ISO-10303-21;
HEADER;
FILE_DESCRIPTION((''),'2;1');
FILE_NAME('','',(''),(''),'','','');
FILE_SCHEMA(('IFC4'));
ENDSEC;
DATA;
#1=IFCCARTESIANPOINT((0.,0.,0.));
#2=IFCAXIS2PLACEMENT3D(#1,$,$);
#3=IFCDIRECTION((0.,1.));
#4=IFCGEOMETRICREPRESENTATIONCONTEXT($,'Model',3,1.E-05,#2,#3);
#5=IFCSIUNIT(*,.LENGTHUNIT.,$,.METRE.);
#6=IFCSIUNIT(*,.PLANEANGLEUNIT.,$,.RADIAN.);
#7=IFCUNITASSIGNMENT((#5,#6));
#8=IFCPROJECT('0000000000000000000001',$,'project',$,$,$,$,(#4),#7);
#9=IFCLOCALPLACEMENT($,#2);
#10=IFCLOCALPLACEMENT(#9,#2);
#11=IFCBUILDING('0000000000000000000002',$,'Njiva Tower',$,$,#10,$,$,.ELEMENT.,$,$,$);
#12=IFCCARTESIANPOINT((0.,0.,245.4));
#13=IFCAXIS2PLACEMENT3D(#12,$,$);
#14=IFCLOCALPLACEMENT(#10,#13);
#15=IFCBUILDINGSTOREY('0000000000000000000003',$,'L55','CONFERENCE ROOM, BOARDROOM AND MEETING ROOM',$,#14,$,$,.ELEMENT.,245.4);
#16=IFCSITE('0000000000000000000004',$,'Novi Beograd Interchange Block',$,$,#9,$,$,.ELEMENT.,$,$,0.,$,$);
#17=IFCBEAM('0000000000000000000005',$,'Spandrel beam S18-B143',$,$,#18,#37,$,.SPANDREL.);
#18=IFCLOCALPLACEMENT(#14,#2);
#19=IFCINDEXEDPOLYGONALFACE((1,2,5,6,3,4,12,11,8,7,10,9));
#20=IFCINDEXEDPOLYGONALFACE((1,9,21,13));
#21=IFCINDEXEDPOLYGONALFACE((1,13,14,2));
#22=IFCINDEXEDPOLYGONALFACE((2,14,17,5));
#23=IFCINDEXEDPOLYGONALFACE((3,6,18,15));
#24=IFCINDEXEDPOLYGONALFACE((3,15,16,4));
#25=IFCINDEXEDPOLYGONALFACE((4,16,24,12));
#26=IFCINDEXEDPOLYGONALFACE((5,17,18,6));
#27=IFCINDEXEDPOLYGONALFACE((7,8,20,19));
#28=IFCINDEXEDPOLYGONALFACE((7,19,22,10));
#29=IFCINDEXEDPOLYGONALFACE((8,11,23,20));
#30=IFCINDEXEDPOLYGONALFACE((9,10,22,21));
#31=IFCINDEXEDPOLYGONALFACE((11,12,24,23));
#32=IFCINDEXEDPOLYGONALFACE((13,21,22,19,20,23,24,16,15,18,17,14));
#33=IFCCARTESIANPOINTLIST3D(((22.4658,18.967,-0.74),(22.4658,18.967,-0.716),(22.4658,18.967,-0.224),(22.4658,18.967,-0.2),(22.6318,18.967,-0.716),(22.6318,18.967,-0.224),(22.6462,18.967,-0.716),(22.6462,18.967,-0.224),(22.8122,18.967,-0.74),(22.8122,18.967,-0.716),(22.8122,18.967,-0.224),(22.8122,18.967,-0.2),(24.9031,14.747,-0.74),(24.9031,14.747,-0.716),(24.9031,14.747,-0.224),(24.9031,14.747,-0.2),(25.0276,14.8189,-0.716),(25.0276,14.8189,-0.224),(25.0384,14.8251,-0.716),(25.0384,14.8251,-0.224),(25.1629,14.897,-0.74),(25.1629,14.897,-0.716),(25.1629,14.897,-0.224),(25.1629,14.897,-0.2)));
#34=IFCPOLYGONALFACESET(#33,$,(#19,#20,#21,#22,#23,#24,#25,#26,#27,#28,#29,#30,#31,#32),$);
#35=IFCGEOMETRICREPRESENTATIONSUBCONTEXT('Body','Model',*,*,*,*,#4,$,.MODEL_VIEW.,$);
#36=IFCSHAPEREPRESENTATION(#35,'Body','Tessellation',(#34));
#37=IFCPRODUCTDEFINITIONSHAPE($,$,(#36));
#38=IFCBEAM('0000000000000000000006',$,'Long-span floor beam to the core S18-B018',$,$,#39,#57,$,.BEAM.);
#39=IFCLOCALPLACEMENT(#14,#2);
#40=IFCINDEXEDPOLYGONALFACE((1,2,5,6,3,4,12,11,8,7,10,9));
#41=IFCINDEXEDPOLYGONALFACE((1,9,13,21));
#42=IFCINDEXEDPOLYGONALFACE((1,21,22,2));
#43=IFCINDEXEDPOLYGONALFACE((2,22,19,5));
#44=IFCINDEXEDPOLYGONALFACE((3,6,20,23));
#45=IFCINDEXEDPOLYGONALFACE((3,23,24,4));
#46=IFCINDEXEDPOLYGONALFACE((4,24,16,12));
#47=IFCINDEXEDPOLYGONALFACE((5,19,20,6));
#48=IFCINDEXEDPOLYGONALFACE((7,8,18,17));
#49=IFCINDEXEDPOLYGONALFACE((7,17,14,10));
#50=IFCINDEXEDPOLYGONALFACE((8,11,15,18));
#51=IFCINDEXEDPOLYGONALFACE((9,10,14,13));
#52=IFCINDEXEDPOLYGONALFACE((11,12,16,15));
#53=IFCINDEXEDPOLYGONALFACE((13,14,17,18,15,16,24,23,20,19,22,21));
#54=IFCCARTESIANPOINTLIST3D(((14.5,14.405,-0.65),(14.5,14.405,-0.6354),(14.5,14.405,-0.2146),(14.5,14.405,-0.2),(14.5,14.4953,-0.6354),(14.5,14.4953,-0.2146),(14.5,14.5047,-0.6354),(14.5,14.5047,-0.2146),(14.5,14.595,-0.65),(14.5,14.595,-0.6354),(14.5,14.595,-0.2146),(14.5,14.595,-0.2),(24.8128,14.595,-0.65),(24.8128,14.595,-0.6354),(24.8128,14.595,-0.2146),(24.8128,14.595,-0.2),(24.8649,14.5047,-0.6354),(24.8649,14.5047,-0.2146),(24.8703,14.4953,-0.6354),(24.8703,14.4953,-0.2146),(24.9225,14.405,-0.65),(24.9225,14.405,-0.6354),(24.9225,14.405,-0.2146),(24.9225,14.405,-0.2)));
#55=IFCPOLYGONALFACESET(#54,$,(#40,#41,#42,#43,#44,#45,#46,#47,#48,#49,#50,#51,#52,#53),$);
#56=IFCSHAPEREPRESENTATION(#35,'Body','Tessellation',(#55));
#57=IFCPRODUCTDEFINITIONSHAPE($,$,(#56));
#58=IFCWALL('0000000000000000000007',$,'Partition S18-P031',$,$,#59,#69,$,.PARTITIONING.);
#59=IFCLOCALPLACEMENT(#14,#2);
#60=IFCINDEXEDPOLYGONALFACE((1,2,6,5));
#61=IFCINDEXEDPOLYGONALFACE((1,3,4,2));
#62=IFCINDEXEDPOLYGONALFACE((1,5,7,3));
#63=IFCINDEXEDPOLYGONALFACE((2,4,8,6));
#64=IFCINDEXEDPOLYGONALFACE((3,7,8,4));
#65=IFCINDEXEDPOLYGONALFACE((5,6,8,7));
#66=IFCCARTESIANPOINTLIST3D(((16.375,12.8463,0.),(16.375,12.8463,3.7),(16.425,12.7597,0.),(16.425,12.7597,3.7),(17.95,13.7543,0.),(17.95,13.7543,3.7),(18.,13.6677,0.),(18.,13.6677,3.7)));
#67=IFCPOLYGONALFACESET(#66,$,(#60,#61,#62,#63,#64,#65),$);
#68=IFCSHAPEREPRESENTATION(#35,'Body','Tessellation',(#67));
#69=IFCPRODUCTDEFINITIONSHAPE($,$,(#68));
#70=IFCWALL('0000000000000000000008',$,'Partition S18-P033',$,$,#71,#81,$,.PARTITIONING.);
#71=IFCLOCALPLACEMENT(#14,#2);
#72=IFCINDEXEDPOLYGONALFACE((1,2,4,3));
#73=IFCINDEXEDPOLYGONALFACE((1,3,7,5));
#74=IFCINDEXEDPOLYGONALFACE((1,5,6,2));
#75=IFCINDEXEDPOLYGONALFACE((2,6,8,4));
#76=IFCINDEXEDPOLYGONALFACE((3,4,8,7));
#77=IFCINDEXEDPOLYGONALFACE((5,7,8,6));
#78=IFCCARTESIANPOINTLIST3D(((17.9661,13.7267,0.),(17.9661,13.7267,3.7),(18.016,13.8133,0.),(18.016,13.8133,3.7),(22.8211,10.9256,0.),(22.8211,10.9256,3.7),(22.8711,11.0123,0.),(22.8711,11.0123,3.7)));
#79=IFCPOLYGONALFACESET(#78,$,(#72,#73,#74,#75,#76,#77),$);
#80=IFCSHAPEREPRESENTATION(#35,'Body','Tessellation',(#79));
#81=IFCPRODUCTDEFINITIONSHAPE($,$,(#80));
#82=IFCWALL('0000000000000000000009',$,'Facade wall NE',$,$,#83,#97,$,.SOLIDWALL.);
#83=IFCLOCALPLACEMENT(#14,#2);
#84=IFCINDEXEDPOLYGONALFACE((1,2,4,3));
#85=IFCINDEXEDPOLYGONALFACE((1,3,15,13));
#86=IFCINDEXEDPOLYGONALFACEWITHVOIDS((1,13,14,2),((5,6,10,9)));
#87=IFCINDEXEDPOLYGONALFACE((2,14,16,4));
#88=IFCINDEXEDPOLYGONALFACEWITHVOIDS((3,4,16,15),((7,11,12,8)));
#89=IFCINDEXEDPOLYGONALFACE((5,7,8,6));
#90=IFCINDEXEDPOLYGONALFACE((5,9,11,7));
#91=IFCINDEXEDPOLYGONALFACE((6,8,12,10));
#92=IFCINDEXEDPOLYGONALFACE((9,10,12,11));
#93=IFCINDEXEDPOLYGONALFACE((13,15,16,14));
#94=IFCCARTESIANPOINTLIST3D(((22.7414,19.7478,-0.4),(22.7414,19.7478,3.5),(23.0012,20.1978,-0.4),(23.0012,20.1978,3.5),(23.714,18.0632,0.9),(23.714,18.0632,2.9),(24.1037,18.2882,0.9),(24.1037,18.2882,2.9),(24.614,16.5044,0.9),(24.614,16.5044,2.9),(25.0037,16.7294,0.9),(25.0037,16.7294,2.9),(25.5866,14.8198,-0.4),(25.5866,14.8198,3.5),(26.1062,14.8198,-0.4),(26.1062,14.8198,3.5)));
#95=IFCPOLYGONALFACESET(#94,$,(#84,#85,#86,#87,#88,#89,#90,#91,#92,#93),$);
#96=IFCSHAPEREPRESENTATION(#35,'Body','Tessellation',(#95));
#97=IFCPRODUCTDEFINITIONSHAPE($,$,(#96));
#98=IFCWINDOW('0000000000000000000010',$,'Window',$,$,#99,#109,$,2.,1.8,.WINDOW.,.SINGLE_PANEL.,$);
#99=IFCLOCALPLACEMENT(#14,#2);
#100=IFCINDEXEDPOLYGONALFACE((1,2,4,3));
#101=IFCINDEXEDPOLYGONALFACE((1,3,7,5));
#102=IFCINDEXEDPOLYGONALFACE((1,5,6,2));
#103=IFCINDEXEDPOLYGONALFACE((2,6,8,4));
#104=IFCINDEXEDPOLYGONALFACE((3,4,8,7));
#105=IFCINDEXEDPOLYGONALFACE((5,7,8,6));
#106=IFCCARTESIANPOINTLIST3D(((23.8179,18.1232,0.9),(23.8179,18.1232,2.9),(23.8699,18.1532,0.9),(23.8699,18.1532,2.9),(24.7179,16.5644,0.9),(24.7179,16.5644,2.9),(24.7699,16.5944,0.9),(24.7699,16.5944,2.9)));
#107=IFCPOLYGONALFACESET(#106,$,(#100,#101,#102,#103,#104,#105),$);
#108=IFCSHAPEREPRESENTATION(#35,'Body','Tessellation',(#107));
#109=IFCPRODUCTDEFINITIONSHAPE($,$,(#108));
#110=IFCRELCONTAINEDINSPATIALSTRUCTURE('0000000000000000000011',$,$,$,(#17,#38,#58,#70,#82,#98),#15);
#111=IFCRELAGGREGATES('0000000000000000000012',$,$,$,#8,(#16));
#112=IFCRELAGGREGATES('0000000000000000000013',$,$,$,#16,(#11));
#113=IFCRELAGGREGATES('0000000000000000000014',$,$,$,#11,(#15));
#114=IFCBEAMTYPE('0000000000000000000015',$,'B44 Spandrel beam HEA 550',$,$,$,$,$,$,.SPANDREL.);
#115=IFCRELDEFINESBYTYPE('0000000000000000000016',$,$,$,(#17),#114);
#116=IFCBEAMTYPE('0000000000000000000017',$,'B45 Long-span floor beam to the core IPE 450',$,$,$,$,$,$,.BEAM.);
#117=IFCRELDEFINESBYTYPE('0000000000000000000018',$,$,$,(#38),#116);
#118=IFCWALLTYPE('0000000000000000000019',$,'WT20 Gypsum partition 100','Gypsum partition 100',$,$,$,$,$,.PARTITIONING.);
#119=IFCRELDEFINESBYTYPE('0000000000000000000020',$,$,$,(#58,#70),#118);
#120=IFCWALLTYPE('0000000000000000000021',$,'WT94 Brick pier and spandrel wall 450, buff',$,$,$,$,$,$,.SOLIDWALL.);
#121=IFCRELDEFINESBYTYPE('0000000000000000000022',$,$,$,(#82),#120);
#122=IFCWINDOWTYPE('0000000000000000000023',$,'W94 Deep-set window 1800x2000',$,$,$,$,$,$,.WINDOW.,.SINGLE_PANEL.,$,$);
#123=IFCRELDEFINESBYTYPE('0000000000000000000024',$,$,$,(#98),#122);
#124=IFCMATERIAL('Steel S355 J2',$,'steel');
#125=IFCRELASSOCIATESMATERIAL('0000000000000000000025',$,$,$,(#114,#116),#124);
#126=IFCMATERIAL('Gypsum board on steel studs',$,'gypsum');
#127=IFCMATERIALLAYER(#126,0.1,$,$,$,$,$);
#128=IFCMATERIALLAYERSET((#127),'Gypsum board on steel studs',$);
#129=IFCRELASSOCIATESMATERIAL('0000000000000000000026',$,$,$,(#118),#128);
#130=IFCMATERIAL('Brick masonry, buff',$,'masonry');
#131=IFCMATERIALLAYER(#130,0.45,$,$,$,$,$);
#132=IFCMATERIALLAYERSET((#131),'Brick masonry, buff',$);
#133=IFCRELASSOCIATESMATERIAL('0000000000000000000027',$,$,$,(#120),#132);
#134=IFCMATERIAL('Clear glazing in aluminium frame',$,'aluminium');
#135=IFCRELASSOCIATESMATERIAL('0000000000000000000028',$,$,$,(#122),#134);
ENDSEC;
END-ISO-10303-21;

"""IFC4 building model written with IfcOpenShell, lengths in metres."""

from ifc_helpers import new_model, si_unit, direction, frame, frame_2d, origin, origin_2d, place, context, subcontext, project, spatial, polyline, rectangle, i_section, outline, extrude, clip, halfspace, material, layer, layer_set, material_profile, profile_set, type_object, element, fill, save


model = new_model("IFC4")

# Units and contexts
model_context = context("Model", 3, precision=1e-05, world=origin(), true_north=direction((0.0, 1.0)))
body_context = subcontext(model_context, "Body", "Model", "MODEL_VIEW")
ifc_project = project(units=[si_unit("LENGTHUNIT", "METRE"), si_unit("PLANEANGLEUNIT", "RADIAN")], contexts=[model_context])

# Site, building, storey
site_placement = place(None, origin())
site = spatial("IfcSite", under=ifc_project, at=site_placement, Name="Novi Beograd Interchange Block", CompositionType="ELEMENT", RefElevation=0.0)
building_placement = place(site_placement, origin())
building = spatial("IfcBuilding", under=site, at=building_placement, Name="Njiva Tower", CompositionType="ELEMENT")
storey_placement = place(building_placement, frame((0.0, 0.0, 245.4)))
storey = spatial("IfcBuildingStorey", under=building, at=storey_placement, Name="L55", Description="CONFERENCE ROOM, BOARDROOM AND MEETING ROOM", CompositionType="ELEMENT", Elevation=245.4)

# Shared definitions
ifc_material_1 = material(Name="Steel S355 J2", Category="steel")

# Beams
ifc_material_profile_1 = material_profile(ifc_material_1, i_section(OverallWidth=0.3, OverallDepth=0.54, WebThickness=0.0125, FlangeThickness=0.024, at=origin_2d()), Name="HEA 550")
ifc_profile_set_1 = profile_set([ifc_material_profile_1], Name="Steel S355 J2")
beam_type_1 = type_object("IfcBeamType", Name="B44 Spandrel beam HEA 550", PredefinedType="SPANDREL", material=ifc_profile_set_1)
beam_1_placement = place(storey_placement, frame((25.033, 14.822, -0.47), z_axis=(-0.500138, 0.865946, 0.0), x_axis=(-0.865946, -0.500138, 0.0)))
element("IfcBeam", 1, at=beam_1_placement, inside=storey, type_object=beam_type_1, Name="Spandrel beam S18-B143", PredefinedType="SPANDREL", context=body_context, shape_type="Clipping", body=[
    clip(extrude(i_section(OverallWidth=0.3, OverallDepth=0.54, WebThickness=0.0125, FlangeThickness=0.024, at=origin_2d()), origin(), (0.0, 0.0, 1.0), 4.8937), halfspace(frame((-0.0254, 0.0, 4.772), z_axis=(-0.500138, 0.0, 0.865946), x_axis=(0.0, 1.0, 0.0)), False)),
])
ifc_material_profile_2 = material_profile(ifc_material_1, i_section(OverallWidth=0.19, OverallDepth=0.45, WebThickness=0.0094, FlangeThickness=0.0146, at=origin_2d()), Name="IPE 450")
ifc_profile_set_2 = profile_set([ifc_material_profile_2], Name="Steel S355 J2")
beam_type_2 = type_object("IfcBeamType", Name="B45 Long-span floor beam to the core IPE 450", PredefinedType="BEAM", material=ifc_profile_set_2)
beam_2_placement = place(storey_placement, frame((14.5, 14.5, -0.425), z_axis=(1.0, 0.0, 0.0), x_axis=(0.0, 1.0, 0.0)))
element("IfcBeam", 2, at=beam_2_placement, inside=storey, type_object=beam_type_2, Name="Long-span floor beam to the core S18-B018", PredefinedType="BEAM", context=body_context, shape_type="Clipping", body=[
    clip(extrude(i_section(OverallWidth=0.19, OverallDepth=0.45, WebThickness=0.0094, FlangeThickness=0.0146, at=origin_2d()), origin(), (0.0, 0.0, 1.0), 10.443), halfspace(frame((0.025, 0.0, 10.3532), z_axis=(0.499998, 0.0, 0.866027), x_axis=(0.0, 1.0, 0.0)), False)),
])

# Walls
ifc_material_2 = material(Name="Gypsum board on steel studs", Category="gypsum")
ifc_layer_1 = layer(ifc_material_2, 0.1)
ifc_layer_set_1 = layer_set([ifc_layer_1], Name="Gypsum board on steel studs")
wall_type_1 = type_object("IfcWallType", Name="WT20 Gypsum partition 100", Description="Gypsum partition 100", PredefinedType="PARTITIONING", material=ifc_layer_set_1)
wall_1_placement = place(storey_placement, frame((16.4, 12.803, 0.0), z_axis=(0.0, 0.0, 1.0), x_axis=(0.866341, 0.499453, 0.0)))
element("IfcWall", 3, at=wall_1_placement, inside=storey, type_object=wall_type_1, Name="Partition S18-P031", PredefinedType="PARTITIONING", context=body_context, shape_type="SweptSolid", body=[
    extrude(rectangle(XDim=1.818, YDim=0.1, at=frame_2d((0.909, 0.0))), origin(), (0.0, 0.0, 1.0), 3.7),
])
wall_2_placement = place(storey_placement, frame((17.991, 13.77, 0.0), z_axis=(0.0, 0.0, 1.0), x_axis=(0.866183, -0.499728, 0.0)))
element("IfcWall", 4, at=wall_2_placement, inside=storey, type_object=wall_type_1, Name="Partition S18-P033", PredefinedType="PARTITIONING", context=body_context, shape_type="SweptSolid", body=[
    extrude(rectangle(XDim=5.6051, YDim=0.1, at=frame_2d((2.8026, 0.0))), origin(), (0.0, 0.0, 1.0), 3.7),
])

# Shared definitions
ifc_material_3 = material(Name="Clear glazing in aluminium frame", Category="aluminium")

# Wall, opening, window
ifc_material_4 = material(Name="Brick masonry, buff", Category="masonry")
ifc_layer_2 = layer(ifc_material_4, 0.45)
ifc_layer_set_2 = layer_set([ifc_layer_2], Name="Brick masonry, buff")
wall_type_2 = type_object("IfcWallType", Name="WT94 Brick pier and spandrel wall 450, buff", PredefinedType="SOLIDWALL", material=ifc_layer_set_2)
wall_3_placement = place(storey_placement, frame((25.8464, 14.8198, -0.4), z_axis=(0.0, 0.0, 1.0), x_axis=(-0.500002, 0.866024, 0.0)))
wall_3 = element("IfcWall", 5, at=wall_3_placement, inside=storey, type_object=wall_type_2, Name="Facade wall NE", PredefinedType="SOLIDWALL", context=body_context, shape_type="SweptSolid", body=[
    extrude(outline(polyline([(-0.1299, -0.225), (6.0801, -0.225), (5.8203, 0.225), (0.1299, 0.225), (-0.1299, -0.225)])), origin(), (0.0, 0.0, 1.0), 3.9),
])
opening_1_placement = place(wall_3_placement, frame((2.0751, 0.0, 1.3)))
opening_1 = element("IfcOpeningElement", 6, at=opening_1_placement, cuts=wall_3, PredefinedType="OPENING", context=body_context, shape_type="SweptSolid", body=[
    extrude(rectangle(XDim=1.8, YDim=2.0, at=frame_2d((0.9, 1.0))), frame((0.0, 0.235, 0.0), z_axis=(0.0, -1.0, 0.0), x_axis=(1.0, 0.0, 0.0)), (0.0, 0.0, 1.0), 0.47),
])
window_type_1 = type_object("IfcWindowType", Name="W94 Deep-set window 1800x2000", PartitioningType="SINGLE_PANEL", PredefinedType="WINDOW", material=ifc_material_3)
window_1_placement = place(opening_1_placement, origin())
window_1 = element("IfcWindow", 7, at=window_1_placement, inside=storey, type_object=window_type_1, Name="Window", OverallHeight=2.0, OverallWidth=1.8, PartitioningType="SINGLE_PANEL", PredefinedType="WINDOW", context=body_context, shape_type="SweptSolid", body=[
    extrude(rectangle(XDim=1.8, YDim=2.0, at=frame_2d((0.9, 1.0))), frame((0.0, 0.105, 0.0), z_axis=(0.0, -1.0, 0.0), x_axis=(1.0, 0.0, 0.0)), (0.0, 0.0, 1.0), 0.06),
])
fill(opening_1, window_1)

save(model, "model.ifc")
